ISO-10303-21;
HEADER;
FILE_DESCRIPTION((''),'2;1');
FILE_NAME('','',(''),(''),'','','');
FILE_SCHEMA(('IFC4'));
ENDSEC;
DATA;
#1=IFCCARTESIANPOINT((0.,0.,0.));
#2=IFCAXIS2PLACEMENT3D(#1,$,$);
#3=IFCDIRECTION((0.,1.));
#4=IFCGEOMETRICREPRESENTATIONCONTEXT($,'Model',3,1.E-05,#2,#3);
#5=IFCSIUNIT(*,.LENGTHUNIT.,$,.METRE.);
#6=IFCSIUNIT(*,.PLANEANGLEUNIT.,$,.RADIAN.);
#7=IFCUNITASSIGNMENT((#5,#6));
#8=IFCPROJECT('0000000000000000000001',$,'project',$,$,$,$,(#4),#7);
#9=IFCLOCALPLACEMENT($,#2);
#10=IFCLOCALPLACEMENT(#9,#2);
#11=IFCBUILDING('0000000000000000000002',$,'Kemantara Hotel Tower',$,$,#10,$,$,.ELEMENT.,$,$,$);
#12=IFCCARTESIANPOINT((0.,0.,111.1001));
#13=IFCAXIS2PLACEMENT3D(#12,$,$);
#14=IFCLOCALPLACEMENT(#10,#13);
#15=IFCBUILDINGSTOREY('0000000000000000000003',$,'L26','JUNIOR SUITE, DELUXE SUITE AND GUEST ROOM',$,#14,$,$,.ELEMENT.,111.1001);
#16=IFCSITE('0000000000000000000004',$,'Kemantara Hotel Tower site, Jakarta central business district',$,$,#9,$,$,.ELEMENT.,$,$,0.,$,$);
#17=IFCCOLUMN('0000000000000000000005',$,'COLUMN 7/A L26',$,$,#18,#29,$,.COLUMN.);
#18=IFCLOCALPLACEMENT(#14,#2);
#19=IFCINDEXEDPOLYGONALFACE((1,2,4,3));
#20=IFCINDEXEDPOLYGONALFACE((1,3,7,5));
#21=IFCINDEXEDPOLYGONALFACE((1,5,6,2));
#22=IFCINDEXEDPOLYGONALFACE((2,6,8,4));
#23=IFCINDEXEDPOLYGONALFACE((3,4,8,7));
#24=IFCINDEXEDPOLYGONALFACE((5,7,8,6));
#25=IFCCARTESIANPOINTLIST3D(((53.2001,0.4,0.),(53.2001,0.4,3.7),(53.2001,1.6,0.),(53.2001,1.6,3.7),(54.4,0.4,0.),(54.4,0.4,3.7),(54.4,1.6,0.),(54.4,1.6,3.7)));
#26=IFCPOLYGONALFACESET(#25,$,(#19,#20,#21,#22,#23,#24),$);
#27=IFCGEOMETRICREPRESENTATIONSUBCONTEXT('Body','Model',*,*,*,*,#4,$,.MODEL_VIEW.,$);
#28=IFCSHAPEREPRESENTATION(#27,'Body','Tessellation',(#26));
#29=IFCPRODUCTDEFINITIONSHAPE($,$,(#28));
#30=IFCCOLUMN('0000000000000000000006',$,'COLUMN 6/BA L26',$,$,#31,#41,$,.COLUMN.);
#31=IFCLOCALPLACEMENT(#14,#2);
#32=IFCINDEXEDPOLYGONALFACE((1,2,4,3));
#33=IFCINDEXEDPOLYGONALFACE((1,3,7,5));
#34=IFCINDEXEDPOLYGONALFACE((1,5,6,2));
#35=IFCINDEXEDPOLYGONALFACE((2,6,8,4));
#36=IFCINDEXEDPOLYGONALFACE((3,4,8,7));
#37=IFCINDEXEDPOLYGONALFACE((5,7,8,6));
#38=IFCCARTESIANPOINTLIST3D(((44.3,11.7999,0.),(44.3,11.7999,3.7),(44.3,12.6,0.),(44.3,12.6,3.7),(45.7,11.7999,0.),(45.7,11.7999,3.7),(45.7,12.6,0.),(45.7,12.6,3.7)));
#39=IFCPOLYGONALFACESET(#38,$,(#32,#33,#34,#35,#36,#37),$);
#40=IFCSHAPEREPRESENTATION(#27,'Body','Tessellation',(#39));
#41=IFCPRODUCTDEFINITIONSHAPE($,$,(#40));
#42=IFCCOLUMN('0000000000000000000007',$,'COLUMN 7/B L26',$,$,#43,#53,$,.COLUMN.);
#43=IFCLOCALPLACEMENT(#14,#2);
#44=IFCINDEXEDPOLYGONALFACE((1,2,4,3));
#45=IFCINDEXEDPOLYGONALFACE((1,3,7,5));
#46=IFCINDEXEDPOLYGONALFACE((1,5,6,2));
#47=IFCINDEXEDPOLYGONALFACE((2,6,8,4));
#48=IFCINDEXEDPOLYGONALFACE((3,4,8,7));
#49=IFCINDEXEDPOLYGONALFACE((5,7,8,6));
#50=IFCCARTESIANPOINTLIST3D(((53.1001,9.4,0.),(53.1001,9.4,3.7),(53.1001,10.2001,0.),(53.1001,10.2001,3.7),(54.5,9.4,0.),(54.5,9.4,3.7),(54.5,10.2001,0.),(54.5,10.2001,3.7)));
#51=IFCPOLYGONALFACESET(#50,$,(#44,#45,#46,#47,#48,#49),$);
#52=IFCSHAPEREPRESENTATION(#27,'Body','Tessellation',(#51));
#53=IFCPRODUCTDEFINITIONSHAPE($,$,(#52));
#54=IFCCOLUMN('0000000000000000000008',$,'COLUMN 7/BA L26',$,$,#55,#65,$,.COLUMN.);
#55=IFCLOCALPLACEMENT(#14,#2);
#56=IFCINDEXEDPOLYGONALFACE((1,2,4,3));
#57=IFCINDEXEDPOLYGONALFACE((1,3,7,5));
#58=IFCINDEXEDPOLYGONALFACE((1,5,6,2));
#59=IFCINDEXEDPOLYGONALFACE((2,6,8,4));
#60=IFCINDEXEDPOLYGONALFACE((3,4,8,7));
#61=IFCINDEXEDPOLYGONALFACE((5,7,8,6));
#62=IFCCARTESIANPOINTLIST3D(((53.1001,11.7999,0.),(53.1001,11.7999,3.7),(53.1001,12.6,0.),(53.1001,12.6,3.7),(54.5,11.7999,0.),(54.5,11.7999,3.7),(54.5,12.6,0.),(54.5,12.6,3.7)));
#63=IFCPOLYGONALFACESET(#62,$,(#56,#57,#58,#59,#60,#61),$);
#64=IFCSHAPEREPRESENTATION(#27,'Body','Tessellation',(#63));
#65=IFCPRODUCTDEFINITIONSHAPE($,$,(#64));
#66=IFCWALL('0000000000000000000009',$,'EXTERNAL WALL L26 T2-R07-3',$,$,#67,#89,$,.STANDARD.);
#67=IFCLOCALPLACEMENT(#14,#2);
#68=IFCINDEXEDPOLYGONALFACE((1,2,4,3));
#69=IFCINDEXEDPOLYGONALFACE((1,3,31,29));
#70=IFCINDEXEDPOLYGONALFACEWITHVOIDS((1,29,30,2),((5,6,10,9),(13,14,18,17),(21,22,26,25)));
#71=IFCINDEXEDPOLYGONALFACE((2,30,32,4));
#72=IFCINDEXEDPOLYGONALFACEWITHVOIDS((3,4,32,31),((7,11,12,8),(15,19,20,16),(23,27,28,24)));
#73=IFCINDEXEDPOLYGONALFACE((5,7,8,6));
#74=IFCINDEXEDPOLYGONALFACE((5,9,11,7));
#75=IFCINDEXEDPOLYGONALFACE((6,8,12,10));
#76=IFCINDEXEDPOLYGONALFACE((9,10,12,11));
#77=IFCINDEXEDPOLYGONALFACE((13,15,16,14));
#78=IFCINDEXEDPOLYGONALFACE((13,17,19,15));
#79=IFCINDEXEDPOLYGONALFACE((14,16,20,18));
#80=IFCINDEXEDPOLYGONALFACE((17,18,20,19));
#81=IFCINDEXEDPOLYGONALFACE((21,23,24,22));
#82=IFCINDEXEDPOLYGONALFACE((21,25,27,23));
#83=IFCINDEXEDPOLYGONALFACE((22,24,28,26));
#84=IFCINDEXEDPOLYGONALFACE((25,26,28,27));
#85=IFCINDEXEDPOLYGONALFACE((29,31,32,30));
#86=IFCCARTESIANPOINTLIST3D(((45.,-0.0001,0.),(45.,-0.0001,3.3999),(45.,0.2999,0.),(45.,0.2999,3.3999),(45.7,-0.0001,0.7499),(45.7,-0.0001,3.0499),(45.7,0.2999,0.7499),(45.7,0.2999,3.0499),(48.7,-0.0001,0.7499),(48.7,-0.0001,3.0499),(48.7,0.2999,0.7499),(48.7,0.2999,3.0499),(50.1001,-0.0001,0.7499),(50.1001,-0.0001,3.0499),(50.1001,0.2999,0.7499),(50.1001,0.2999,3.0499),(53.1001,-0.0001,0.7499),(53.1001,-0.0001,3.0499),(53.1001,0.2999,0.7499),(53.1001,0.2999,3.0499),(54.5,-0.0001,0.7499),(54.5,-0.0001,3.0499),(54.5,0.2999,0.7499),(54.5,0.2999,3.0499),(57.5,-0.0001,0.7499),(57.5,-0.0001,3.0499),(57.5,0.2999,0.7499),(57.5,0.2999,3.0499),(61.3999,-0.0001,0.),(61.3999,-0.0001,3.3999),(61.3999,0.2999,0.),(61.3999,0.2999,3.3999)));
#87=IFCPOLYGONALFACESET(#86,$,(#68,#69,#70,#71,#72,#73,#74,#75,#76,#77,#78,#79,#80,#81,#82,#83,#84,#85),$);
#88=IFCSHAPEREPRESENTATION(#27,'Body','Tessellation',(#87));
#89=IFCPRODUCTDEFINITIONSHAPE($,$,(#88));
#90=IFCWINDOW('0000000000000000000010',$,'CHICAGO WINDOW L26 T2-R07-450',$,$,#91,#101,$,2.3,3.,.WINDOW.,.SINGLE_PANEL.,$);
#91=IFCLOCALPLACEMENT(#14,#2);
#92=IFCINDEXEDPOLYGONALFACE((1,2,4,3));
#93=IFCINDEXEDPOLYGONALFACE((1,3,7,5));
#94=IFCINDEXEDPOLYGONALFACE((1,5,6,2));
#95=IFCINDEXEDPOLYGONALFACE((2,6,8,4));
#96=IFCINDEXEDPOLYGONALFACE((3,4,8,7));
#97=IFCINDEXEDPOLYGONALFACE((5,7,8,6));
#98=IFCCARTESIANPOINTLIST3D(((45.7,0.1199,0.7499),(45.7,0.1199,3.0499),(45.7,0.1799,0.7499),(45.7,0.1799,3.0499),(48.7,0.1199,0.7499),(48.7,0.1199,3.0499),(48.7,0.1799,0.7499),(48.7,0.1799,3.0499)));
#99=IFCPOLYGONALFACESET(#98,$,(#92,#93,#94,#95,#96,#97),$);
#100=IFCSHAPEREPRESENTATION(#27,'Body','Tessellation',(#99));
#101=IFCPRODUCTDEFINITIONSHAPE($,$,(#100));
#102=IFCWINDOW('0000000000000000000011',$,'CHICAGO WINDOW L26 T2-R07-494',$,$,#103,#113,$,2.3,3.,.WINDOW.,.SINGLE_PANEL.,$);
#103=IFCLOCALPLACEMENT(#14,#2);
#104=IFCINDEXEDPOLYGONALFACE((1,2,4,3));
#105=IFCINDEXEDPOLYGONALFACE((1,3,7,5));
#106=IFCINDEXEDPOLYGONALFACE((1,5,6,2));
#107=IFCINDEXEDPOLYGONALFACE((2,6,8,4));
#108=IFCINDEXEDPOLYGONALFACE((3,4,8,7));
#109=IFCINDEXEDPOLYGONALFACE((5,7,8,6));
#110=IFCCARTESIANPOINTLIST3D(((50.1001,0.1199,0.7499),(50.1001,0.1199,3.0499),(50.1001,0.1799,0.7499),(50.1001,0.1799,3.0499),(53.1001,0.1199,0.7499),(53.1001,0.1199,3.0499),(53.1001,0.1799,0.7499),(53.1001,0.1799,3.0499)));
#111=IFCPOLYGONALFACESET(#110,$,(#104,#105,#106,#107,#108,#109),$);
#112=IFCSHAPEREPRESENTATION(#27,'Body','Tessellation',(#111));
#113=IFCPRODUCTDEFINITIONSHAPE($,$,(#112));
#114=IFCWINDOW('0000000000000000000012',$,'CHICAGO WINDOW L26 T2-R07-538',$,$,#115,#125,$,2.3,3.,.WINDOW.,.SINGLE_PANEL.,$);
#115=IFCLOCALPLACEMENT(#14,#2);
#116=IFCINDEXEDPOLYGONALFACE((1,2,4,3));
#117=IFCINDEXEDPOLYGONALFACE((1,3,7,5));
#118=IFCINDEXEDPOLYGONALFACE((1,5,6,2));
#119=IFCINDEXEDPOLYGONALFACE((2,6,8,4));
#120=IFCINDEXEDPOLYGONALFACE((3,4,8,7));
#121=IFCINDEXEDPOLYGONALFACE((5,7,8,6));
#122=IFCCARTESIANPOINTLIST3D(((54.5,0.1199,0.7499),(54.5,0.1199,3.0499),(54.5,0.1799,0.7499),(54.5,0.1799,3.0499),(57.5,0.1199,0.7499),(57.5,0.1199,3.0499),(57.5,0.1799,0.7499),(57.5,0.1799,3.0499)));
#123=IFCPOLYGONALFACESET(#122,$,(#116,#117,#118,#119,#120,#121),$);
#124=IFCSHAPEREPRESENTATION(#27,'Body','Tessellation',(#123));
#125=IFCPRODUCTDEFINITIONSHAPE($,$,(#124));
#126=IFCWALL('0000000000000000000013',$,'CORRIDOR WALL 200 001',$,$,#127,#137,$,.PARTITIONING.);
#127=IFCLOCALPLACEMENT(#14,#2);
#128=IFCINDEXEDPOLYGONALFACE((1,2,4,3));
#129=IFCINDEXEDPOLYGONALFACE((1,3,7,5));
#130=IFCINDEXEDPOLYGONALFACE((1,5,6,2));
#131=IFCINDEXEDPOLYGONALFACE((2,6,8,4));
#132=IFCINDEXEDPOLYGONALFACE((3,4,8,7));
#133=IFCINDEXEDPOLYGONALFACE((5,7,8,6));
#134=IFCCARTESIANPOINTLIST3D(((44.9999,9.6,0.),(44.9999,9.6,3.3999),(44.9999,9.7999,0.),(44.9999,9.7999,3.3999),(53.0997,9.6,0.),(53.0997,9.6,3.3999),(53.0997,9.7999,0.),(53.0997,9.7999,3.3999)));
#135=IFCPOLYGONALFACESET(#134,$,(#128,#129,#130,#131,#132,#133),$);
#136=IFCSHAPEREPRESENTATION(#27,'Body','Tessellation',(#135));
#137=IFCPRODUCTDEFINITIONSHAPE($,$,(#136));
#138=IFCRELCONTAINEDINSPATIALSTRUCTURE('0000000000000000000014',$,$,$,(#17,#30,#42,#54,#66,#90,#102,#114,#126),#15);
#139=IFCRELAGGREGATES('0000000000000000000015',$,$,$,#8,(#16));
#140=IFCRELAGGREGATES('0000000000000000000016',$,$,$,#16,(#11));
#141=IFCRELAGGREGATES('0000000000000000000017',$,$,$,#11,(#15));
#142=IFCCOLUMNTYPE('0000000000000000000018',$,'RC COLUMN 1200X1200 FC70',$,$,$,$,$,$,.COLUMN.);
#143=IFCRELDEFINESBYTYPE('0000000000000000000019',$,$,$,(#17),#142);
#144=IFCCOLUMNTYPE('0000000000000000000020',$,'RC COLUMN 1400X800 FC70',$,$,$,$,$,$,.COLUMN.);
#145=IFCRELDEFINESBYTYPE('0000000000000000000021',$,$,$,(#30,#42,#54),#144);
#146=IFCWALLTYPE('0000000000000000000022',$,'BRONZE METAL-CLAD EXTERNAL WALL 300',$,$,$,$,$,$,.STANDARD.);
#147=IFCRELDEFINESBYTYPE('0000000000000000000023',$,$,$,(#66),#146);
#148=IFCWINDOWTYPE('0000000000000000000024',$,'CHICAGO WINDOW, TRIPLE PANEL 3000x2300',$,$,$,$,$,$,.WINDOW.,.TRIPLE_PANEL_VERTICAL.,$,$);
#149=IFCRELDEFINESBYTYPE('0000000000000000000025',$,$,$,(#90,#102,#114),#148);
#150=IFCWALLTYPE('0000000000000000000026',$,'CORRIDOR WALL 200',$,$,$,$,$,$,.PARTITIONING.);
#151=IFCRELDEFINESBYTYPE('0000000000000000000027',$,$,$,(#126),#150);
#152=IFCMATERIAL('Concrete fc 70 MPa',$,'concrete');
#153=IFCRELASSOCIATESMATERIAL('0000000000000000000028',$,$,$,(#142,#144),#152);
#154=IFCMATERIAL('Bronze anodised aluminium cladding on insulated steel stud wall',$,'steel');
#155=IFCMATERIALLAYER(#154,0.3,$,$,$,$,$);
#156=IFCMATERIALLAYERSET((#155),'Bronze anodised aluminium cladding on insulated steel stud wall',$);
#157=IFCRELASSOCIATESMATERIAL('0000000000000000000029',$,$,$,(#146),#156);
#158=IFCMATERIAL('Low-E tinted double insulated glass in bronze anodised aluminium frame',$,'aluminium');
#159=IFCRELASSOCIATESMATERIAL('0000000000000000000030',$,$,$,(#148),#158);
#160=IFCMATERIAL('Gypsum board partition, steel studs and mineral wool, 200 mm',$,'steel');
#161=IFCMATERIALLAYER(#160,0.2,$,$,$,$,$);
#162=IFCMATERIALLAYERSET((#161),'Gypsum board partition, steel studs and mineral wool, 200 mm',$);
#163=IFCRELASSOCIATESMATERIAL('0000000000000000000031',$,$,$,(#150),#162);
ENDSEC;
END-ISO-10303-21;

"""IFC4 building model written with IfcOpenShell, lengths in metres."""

from ifc_helpers import new_model, si_unit, direction, frame, frame_2d, origin, origin_2d, place, context, subcontext, project, spatial, rectangle, extrude, material, layer, layer_set, material_profile, profile_set, type_object, element, fill, save


model = new_model("IFC4")

# Units and contexts
model_context = context("Model", 3, precision=1e-05, world=origin(), true_north=direction((0.0, 1.0)))
body_context = subcontext(model_context, "Body", "Model", "MODEL_VIEW")
ifc_project = project(units=[si_unit("LENGTHUNIT", "METRE"), si_unit("PLANEANGLEUNIT", "RADIAN")], contexts=[model_context])

# Site, building, storey
site_placement = place(None, origin())
site = spatial("IfcSite", under=ifc_project, at=site_placement, Name="Kemantara Hotel Tower site, Jakarta central business district", CompositionType="ELEMENT", RefElevation=0.0)
building_placement = place(site_placement, origin())
building = spatial("IfcBuilding", under=site, at=building_placement, Name="Kemantara Hotel Tower", CompositionType="ELEMENT")
storey_placement = place(building_placement, frame((0.0, 0.0, 111.1001)))
storey = spatial("IfcBuildingStorey", under=building, at=storey_placement, Name="L26", Description="JUNIOR SUITE, DELUXE SUITE AND GUEST ROOM", CompositionType="ELEMENT", Elevation=111.1001)

# Columns
ifc_material_1 = material(Name="Concrete fc 70 MPa", Category="concrete")
ifc_material_profile_1 = material_profile(ifc_material_1, rectangle(XDim=1.2, YDim=1.2, at=origin_2d()), Name="RC 1200X1200")
ifc_profile_set_1 = profile_set([ifc_material_profile_1], Name="Concrete fc 70 MPa")
column_type_1 = type_object("IfcColumnType", Name="RC COLUMN 1200X1200 FC70", PredefinedType="COLUMN", material=ifc_profile_set_1)
column_placement = place(storey_placement, frame((53.8, 1.0, 0.0), z_axis=(0.0, 0.0, 1.0), x_axis=(1.0, 0.0, 0.0)))
element("IfcColumn", 1, at=column_placement, inside=storey, type_object=column_type_1, Name="COLUMN 7/A L26", PredefinedType="COLUMN", context=body_context, shape_type="SweptSolid", body=[
    extrude(rectangle(XDim=1.2, YDim=1.2, at=origin_2d()), origin(), (0.0, 0.0, 1.0), 3.7),
])
ifc_material_profile_2 = material_profile(ifc_material_1, rectangle(XDim=1.3999, YDim=0.8, at=origin_2d()), Name="RC 1400X800")
ifc_profile_set_2 = profile_set([ifc_material_profile_2], Name="Concrete fc 70 MPa")
column_type_2 = type_object("IfcColumnType", Name="RC COLUMN 1400X800 FC70", PredefinedType="COLUMN", material=ifc_profile_set_2)
for number, where, z_axis, x_axis, name in (
    (2, (45.0, 12.2, 0.0), (0.0, 0.0, 1.0), (1.0, 0.0, 0.0), "COLUMN 6/BA L26"),
    (3, (53.8, 9.8, 0.0), (0.0, 0.0, 1.0), (1.0, 0.0, 0.0), "COLUMN 7/B L26"),
    (4, (53.8, 12.2, 0.0), (0.0, 0.0, 1.0), (1.0, 0.0, 0.0), "COLUMN 7/BA L26"),
):
    element("IfcColumn", number, at=place(storey_placement, frame(where, z_axis=z_axis, x_axis=x_axis)), inside=storey, type_object=column_type_2, Name=name, PredefinedType="COLUMN", context=body_context, shape_type="SweptSolid", body=[
        extrude(rectangle(XDim=1.3999, YDim=0.8, at=origin_2d()), origin(), (0.0, 0.0, 1.0), 3.7),
    ])

# Wall, openings, windows
ifc_material_2 = material(Name="Bronze anodised aluminium cladding on insulated steel stud wall", Category="steel")
ifc_layer_1 = layer(ifc_material_2, 0.3)
ifc_layer_set_1 = layer_set([ifc_layer_1], Name="Bronze anodised aluminium cladding on insulated steel stud wall")
wall_type_1 = type_object("IfcWallType", Name="BRONZE METAL-CLAD EXTERNAL WALL 300", PredefinedType="STANDARD", material=ifc_layer_set_1)
wall_1_placement = place(storey_placement, frame((45.0, 0.1499, 0.0), z_axis=(0.0, 0.0, 1.0), x_axis=(1.0, 0.0, 0.0)))
wall_1 = element("IfcWall", 5, at=wall_1_placement, inside=storey, type_object=wall_type_1, Name="EXTERNAL WALL L26 T2-R07-3", PredefinedType="STANDARD", context=body_context, shape_type="SweptSolid", body=[
    extrude(rectangle(XDim=16.3999, YDim=0.3, at=frame_2d((8.2, 0.0))), origin(), (0.0, 0.0, 1.0), 3.3999),
])
opening_1_placement = place(wall_1_placement, frame((0.7, 0.0, 0.75)))
opening_1 = element("IfcOpeningElement", 6, at=opening_1_placement, cuts=wall_1, PredefinedType="OPENING", context=body_context, shape_type="SweptSolid", body=[
    extrude(rectangle(XDim=3.0, YDim=2.3, at=frame_2d((1.5, 1.1499))), frame((0.0, 0.1599, 0.0), z_axis=(0.0, -1.0, 0.0), x_axis=(1.0, 0.0, 0.0)), (0.0, 0.0, 1.0), 0.3201),
])
opening_2_placement = place(wall_1_placement, frame((5.1001, 0.0, 0.75)))
opening_2 = element("IfcOpeningElement", 7, at=opening_2_placement, cuts=wall_1, PredefinedType="OPENING", context=body_context, shape_type="SweptSolid", body=[
    extrude(rectangle(XDim=3.0, YDim=2.3, at=frame_2d((1.5, 1.1499))), frame((0.0, 0.1599, 0.0), z_axis=(0.0, -1.0, 0.0), x_axis=(1.0, 0.0, 0.0)), (0.0, 0.0, 1.0), 0.3201),
])
opening_3_placement = place(wall_1_placement, frame((9.5, 0.0, 0.75)))
opening_3 = element("IfcOpeningElement", 8, at=opening_3_placement, cuts=wall_1, PredefinedType="OPENING", context=body_context, shape_type="SweptSolid", body=[
    extrude(rectangle(XDim=3.0, YDim=2.3, at=frame_2d((1.5, 1.1499))), frame((0.0, 0.1599, 0.0), z_axis=(0.0, -1.0, 0.0), x_axis=(1.0, 0.0, 0.0)), (0.0, 0.0, 1.0), 0.3201),
])
ifc_material_3 = material(Name="Low-E tinted double insulated glass in bronze anodised aluminium frame", Category="aluminium")
window_type = type_object("IfcWindowType", Name="CHICAGO WINDOW, TRIPLE PANEL 3000x2300", PartitioningType="TRIPLE_PANEL_VERTICAL", PredefinedType="WINDOW", material=ifc_material_3)
window_1_placement = place(opening_1_placement, origin())
window_1 = element("IfcWindow", 9, at=window_1_placement, inside=storey, type_object=window_type, Name="CHICAGO WINDOW L26 T2-R07-450", OverallHeight=2.3, OverallWidth=3.0, PartitioningType="SINGLE_PANEL", PredefinedType="WINDOW", context=body_context, shape_type="SweptSolid", body=[
    extrude(rectangle(XDim=3.0, YDim=2.3, at=frame_2d((1.5, 1.1499))), frame((0.0, 0.03, 0.0), z_axis=(0.0, -1.0, 0.0), x_axis=(1.0, 0.0, 0.0)), (0.0, 0.0, 1.0), 0.0601),
])
fill(opening_1, window_1)
window_2_placement = place(opening_2_placement, origin())
window_2 = element("IfcWindow", 10, at=window_2_placement, inside=storey, type_object=window_type, Name="CHICAGO WINDOW L26 T2-R07-494", OverallHeight=2.3, OverallWidth=3.0, PartitioningType="SINGLE_PANEL", PredefinedType="WINDOW", context=body_context, shape_type="SweptSolid", body=[
    extrude(rectangle(XDim=3.0, YDim=2.3, at=frame_2d((1.5, 1.1499))), frame((0.0, 0.03, 0.0), z_axis=(0.0, -1.0, 0.0), x_axis=(1.0, 0.0, 0.0)), (0.0, 0.0, 1.0), 0.0601),
])
fill(opening_2, window_2)
window_3_placement = place(opening_3_placement, origin())
window_3 = element("IfcWindow", 11, at=window_3_placement, inside=storey, type_object=window_type, Name="CHICAGO WINDOW L26 T2-R07-538", OverallHeight=2.3, OverallWidth=3.0, PartitioningType="SINGLE_PANEL", PredefinedType="WINDOW", context=body_context, shape_type="SweptSolid", body=[
    extrude(rectangle(XDim=3.0, YDim=2.3, at=frame_2d((1.5, 1.1499))), frame((0.0, 0.03, 0.0), z_axis=(0.0, -1.0, 0.0), x_axis=(1.0, 0.0, 0.0)), (0.0, 0.0, 1.0), 0.0601),
])
fill(opening_3, window_3)

# Wall
ifc_material_4 = material(Name="Gypsum board partition, steel studs and mineral wool, 200 mm", Category="steel")
ifc_layer_2 = layer(ifc_material_4, 0.2)
ifc_layer_set_2 = layer_set([ifc_layer_2], Name="Gypsum board partition, steel studs and mineral wool, 200 mm")
wall_type_2 = type_object("IfcWallType", Name="CORRIDOR WALL 200", PredefinedType="PARTITIONING", material=ifc_layer_set_2)
wall_2_placement = place(storey_placement, frame((45.0, 9.7, 0.0), z_axis=(0.0, 0.0, 1.0), x_axis=(1.0, 0.0, 0.0)))
element("IfcWall", 12, at=wall_2_placement, inside=storey, type_object=wall_type_2, Name="CORRIDOR WALL 200 001", PredefinedType="PARTITIONING", context=body_context, shape_type="SweptSolid", body=[
    extrude(rectangle(XDim=8.0999, YDim=0.2, at=frame_2d((4.0498, 0.0))), origin(), (0.0, 0.0, 1.0), 3.3999),
])

save(model, "model.ifc")
